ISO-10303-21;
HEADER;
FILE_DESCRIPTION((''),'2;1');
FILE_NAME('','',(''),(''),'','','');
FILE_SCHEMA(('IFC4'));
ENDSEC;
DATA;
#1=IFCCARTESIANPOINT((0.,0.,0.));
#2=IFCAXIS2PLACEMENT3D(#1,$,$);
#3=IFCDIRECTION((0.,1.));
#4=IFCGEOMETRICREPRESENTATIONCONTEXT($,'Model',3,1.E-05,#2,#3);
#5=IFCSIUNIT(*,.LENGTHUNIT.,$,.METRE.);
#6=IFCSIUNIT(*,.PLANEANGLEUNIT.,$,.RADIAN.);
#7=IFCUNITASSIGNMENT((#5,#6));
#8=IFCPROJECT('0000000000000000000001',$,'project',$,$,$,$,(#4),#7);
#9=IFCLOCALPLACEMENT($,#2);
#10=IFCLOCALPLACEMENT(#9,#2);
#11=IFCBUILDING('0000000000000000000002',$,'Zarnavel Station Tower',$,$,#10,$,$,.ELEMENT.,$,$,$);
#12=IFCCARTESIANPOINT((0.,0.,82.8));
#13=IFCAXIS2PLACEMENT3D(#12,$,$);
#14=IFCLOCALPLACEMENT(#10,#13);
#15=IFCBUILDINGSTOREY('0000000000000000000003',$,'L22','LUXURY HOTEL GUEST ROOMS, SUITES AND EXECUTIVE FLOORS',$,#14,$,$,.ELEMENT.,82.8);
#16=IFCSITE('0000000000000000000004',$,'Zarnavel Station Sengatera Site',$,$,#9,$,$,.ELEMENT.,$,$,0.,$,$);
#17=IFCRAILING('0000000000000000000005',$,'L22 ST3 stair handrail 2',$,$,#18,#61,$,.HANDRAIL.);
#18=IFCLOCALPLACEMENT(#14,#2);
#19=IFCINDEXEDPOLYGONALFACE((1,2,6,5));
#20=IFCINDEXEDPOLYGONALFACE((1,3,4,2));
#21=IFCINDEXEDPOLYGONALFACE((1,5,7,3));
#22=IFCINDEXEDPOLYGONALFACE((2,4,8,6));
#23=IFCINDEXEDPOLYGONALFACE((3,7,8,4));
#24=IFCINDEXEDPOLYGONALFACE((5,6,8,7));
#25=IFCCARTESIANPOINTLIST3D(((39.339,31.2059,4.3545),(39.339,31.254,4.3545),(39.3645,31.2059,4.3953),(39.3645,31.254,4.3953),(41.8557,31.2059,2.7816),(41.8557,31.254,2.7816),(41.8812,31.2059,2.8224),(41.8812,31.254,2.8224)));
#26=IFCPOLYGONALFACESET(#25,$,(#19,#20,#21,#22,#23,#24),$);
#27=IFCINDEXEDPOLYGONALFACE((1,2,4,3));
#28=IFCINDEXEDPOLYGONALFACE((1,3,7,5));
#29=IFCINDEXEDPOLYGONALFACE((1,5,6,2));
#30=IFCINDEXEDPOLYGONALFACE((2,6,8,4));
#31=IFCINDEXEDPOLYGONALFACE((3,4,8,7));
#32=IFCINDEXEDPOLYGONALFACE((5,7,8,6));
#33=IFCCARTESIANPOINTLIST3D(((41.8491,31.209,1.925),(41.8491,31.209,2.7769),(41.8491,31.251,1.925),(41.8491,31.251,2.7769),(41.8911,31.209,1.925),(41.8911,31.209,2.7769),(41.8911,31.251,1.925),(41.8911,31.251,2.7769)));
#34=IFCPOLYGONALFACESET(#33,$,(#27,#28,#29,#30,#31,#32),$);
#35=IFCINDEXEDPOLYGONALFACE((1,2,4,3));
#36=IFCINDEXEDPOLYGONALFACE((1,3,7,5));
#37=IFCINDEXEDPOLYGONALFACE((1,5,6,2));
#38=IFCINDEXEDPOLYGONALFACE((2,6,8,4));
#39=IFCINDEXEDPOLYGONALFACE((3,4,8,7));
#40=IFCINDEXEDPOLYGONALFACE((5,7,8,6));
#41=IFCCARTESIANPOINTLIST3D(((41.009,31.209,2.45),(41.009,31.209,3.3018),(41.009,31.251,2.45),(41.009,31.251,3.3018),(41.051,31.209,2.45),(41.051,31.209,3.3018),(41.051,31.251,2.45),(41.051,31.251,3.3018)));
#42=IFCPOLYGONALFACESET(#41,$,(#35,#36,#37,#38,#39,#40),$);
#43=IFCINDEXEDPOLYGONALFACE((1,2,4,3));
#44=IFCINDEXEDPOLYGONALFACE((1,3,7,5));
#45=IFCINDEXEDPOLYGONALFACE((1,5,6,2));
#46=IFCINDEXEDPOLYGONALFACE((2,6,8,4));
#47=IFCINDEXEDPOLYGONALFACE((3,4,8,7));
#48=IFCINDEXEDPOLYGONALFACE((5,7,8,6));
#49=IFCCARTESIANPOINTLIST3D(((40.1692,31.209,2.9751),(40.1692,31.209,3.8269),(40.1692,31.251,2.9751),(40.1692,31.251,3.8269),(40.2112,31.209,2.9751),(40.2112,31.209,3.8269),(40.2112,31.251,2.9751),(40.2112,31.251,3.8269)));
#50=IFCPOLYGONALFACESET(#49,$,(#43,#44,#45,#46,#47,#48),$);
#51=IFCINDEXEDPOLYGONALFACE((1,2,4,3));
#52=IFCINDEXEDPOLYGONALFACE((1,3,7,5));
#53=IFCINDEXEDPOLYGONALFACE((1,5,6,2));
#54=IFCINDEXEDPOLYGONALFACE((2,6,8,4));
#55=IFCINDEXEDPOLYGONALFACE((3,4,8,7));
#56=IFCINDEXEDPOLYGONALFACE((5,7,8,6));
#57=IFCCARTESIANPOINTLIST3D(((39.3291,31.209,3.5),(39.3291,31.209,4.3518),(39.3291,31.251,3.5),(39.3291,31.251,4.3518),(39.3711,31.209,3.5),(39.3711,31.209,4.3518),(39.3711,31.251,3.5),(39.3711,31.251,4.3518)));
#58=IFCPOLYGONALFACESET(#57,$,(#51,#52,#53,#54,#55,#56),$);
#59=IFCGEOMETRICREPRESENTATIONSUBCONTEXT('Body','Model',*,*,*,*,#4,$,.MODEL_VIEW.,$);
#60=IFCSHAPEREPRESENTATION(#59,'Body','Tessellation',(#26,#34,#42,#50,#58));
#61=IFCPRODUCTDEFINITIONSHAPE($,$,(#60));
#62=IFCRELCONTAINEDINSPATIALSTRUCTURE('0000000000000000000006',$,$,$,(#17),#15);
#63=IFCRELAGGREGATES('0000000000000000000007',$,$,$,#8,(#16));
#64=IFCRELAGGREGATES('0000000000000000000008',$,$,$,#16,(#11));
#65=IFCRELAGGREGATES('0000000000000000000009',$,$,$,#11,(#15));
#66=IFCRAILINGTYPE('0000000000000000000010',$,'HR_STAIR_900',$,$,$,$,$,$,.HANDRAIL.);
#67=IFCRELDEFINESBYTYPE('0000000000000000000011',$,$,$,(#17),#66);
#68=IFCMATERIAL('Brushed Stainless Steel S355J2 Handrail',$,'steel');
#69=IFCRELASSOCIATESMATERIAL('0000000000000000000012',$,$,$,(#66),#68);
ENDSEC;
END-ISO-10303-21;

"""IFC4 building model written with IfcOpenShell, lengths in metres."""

from ifc_helpers import new_model, si_unit, direction, frame, origin, origin_2d, place, context, subcontext, project, spatial, rectangle, extrude, material, type_object, element, save


model = new_model("IFC4")

# Units and contexts
model_context = context("Model", 3, precision=1e-05, world=origin(), true_north=direction((0.0, 1.0)))
body_context = subcontext(model_context, "Body", "Model", "MODEL_VIEW")
ifc_project = project(units=[si_unit("LENGTHUNIT", "METRE"), si_unit("PLANEANGLEUNIT", "RADIAN")], contexts=[model_context])

# Site, building, storey
site_placement = place(None, origin())
site = spatial("IfcSite", under=ifc_project, at=site_placement, Name="Zarnavel Station Sengatera Site", CompositionType="ELEMENT", RefElevation=0.0)
building_placement = place(site_placement, origin())
building = spatial("IfcBuilding", under=site, at=building_placement, Name="Zarnavel Station Tower", CompositionType="ELEMENT")
storey_placement = place(building_placement, frame((0.0, 0.0, 82.8)))
storey = spatial("IfcBuildingStorey", under=building, at=storey_placement, Name="L22", Description="LUXURY HOTEL GUEST ROOMS, SUITES AND EXECUTIVE FLOORS", CompositionType="ELEMENT", Elevation=82.8)

# Railing
ifc_material_1 = material(Name="Brushed Stainless Steel S355J2 Handrail", Category="steel")
railing_type_1 = type_object("IfcRailingType", Name="HR_STAIR_900", PredefinedType="HANDRAIL", material=ifc_material_1)
for number, where, name in (
    (1, (41.8701, 31.23, 1.925), "L22 ST3 stair handrail 2"),
):
    element("IfcRailing", number, at=place(storey_placement, frame(where)), inside=storey, type_object=railing_type_1, Name=name, PredefinedType="HANDRAIL", context=body_context, shape_type="SweptSolid", body=[
        extrude(rectangle(XDim=0.0481, YDim=0.0481, at=origin_2d()), frame((-0.0017, 0.0, 0.877), z_axis=(-0.848008, 0.0, 0.529984), x_axis=(0.0, -1.0, 0.0)), (0.0, 0.0, 1.0), 2.9678),
        extrude(rectangle(XDim=0.042, YDim=0.042, at=origin_2d()), origin(), (0.0, 0.0, 1.0), 0.8518),
        extrude(rectangle(XDim=0.042, YDim=0.042, at=origin_2d()), frame((-0.8401, 0.0, 0.5249)), (0.0, 0.0, 1.0), 0.8518),
        extrude(rectangle(XDim=0.042, YDim=0.042, at=origin_2d()), frame((-1.6799, 0.0, 1.05)), (0.0, 0.0, 1.0), 0.8518),
        extrude(rectangle(XDim=0.042, YDim=0.042, at=origin_2d()), frame((-2.52, 0.0, 1.575)), (0.0, 0.0, 1.0), 0.8518),
    ])

save(model, "model.ifc")
